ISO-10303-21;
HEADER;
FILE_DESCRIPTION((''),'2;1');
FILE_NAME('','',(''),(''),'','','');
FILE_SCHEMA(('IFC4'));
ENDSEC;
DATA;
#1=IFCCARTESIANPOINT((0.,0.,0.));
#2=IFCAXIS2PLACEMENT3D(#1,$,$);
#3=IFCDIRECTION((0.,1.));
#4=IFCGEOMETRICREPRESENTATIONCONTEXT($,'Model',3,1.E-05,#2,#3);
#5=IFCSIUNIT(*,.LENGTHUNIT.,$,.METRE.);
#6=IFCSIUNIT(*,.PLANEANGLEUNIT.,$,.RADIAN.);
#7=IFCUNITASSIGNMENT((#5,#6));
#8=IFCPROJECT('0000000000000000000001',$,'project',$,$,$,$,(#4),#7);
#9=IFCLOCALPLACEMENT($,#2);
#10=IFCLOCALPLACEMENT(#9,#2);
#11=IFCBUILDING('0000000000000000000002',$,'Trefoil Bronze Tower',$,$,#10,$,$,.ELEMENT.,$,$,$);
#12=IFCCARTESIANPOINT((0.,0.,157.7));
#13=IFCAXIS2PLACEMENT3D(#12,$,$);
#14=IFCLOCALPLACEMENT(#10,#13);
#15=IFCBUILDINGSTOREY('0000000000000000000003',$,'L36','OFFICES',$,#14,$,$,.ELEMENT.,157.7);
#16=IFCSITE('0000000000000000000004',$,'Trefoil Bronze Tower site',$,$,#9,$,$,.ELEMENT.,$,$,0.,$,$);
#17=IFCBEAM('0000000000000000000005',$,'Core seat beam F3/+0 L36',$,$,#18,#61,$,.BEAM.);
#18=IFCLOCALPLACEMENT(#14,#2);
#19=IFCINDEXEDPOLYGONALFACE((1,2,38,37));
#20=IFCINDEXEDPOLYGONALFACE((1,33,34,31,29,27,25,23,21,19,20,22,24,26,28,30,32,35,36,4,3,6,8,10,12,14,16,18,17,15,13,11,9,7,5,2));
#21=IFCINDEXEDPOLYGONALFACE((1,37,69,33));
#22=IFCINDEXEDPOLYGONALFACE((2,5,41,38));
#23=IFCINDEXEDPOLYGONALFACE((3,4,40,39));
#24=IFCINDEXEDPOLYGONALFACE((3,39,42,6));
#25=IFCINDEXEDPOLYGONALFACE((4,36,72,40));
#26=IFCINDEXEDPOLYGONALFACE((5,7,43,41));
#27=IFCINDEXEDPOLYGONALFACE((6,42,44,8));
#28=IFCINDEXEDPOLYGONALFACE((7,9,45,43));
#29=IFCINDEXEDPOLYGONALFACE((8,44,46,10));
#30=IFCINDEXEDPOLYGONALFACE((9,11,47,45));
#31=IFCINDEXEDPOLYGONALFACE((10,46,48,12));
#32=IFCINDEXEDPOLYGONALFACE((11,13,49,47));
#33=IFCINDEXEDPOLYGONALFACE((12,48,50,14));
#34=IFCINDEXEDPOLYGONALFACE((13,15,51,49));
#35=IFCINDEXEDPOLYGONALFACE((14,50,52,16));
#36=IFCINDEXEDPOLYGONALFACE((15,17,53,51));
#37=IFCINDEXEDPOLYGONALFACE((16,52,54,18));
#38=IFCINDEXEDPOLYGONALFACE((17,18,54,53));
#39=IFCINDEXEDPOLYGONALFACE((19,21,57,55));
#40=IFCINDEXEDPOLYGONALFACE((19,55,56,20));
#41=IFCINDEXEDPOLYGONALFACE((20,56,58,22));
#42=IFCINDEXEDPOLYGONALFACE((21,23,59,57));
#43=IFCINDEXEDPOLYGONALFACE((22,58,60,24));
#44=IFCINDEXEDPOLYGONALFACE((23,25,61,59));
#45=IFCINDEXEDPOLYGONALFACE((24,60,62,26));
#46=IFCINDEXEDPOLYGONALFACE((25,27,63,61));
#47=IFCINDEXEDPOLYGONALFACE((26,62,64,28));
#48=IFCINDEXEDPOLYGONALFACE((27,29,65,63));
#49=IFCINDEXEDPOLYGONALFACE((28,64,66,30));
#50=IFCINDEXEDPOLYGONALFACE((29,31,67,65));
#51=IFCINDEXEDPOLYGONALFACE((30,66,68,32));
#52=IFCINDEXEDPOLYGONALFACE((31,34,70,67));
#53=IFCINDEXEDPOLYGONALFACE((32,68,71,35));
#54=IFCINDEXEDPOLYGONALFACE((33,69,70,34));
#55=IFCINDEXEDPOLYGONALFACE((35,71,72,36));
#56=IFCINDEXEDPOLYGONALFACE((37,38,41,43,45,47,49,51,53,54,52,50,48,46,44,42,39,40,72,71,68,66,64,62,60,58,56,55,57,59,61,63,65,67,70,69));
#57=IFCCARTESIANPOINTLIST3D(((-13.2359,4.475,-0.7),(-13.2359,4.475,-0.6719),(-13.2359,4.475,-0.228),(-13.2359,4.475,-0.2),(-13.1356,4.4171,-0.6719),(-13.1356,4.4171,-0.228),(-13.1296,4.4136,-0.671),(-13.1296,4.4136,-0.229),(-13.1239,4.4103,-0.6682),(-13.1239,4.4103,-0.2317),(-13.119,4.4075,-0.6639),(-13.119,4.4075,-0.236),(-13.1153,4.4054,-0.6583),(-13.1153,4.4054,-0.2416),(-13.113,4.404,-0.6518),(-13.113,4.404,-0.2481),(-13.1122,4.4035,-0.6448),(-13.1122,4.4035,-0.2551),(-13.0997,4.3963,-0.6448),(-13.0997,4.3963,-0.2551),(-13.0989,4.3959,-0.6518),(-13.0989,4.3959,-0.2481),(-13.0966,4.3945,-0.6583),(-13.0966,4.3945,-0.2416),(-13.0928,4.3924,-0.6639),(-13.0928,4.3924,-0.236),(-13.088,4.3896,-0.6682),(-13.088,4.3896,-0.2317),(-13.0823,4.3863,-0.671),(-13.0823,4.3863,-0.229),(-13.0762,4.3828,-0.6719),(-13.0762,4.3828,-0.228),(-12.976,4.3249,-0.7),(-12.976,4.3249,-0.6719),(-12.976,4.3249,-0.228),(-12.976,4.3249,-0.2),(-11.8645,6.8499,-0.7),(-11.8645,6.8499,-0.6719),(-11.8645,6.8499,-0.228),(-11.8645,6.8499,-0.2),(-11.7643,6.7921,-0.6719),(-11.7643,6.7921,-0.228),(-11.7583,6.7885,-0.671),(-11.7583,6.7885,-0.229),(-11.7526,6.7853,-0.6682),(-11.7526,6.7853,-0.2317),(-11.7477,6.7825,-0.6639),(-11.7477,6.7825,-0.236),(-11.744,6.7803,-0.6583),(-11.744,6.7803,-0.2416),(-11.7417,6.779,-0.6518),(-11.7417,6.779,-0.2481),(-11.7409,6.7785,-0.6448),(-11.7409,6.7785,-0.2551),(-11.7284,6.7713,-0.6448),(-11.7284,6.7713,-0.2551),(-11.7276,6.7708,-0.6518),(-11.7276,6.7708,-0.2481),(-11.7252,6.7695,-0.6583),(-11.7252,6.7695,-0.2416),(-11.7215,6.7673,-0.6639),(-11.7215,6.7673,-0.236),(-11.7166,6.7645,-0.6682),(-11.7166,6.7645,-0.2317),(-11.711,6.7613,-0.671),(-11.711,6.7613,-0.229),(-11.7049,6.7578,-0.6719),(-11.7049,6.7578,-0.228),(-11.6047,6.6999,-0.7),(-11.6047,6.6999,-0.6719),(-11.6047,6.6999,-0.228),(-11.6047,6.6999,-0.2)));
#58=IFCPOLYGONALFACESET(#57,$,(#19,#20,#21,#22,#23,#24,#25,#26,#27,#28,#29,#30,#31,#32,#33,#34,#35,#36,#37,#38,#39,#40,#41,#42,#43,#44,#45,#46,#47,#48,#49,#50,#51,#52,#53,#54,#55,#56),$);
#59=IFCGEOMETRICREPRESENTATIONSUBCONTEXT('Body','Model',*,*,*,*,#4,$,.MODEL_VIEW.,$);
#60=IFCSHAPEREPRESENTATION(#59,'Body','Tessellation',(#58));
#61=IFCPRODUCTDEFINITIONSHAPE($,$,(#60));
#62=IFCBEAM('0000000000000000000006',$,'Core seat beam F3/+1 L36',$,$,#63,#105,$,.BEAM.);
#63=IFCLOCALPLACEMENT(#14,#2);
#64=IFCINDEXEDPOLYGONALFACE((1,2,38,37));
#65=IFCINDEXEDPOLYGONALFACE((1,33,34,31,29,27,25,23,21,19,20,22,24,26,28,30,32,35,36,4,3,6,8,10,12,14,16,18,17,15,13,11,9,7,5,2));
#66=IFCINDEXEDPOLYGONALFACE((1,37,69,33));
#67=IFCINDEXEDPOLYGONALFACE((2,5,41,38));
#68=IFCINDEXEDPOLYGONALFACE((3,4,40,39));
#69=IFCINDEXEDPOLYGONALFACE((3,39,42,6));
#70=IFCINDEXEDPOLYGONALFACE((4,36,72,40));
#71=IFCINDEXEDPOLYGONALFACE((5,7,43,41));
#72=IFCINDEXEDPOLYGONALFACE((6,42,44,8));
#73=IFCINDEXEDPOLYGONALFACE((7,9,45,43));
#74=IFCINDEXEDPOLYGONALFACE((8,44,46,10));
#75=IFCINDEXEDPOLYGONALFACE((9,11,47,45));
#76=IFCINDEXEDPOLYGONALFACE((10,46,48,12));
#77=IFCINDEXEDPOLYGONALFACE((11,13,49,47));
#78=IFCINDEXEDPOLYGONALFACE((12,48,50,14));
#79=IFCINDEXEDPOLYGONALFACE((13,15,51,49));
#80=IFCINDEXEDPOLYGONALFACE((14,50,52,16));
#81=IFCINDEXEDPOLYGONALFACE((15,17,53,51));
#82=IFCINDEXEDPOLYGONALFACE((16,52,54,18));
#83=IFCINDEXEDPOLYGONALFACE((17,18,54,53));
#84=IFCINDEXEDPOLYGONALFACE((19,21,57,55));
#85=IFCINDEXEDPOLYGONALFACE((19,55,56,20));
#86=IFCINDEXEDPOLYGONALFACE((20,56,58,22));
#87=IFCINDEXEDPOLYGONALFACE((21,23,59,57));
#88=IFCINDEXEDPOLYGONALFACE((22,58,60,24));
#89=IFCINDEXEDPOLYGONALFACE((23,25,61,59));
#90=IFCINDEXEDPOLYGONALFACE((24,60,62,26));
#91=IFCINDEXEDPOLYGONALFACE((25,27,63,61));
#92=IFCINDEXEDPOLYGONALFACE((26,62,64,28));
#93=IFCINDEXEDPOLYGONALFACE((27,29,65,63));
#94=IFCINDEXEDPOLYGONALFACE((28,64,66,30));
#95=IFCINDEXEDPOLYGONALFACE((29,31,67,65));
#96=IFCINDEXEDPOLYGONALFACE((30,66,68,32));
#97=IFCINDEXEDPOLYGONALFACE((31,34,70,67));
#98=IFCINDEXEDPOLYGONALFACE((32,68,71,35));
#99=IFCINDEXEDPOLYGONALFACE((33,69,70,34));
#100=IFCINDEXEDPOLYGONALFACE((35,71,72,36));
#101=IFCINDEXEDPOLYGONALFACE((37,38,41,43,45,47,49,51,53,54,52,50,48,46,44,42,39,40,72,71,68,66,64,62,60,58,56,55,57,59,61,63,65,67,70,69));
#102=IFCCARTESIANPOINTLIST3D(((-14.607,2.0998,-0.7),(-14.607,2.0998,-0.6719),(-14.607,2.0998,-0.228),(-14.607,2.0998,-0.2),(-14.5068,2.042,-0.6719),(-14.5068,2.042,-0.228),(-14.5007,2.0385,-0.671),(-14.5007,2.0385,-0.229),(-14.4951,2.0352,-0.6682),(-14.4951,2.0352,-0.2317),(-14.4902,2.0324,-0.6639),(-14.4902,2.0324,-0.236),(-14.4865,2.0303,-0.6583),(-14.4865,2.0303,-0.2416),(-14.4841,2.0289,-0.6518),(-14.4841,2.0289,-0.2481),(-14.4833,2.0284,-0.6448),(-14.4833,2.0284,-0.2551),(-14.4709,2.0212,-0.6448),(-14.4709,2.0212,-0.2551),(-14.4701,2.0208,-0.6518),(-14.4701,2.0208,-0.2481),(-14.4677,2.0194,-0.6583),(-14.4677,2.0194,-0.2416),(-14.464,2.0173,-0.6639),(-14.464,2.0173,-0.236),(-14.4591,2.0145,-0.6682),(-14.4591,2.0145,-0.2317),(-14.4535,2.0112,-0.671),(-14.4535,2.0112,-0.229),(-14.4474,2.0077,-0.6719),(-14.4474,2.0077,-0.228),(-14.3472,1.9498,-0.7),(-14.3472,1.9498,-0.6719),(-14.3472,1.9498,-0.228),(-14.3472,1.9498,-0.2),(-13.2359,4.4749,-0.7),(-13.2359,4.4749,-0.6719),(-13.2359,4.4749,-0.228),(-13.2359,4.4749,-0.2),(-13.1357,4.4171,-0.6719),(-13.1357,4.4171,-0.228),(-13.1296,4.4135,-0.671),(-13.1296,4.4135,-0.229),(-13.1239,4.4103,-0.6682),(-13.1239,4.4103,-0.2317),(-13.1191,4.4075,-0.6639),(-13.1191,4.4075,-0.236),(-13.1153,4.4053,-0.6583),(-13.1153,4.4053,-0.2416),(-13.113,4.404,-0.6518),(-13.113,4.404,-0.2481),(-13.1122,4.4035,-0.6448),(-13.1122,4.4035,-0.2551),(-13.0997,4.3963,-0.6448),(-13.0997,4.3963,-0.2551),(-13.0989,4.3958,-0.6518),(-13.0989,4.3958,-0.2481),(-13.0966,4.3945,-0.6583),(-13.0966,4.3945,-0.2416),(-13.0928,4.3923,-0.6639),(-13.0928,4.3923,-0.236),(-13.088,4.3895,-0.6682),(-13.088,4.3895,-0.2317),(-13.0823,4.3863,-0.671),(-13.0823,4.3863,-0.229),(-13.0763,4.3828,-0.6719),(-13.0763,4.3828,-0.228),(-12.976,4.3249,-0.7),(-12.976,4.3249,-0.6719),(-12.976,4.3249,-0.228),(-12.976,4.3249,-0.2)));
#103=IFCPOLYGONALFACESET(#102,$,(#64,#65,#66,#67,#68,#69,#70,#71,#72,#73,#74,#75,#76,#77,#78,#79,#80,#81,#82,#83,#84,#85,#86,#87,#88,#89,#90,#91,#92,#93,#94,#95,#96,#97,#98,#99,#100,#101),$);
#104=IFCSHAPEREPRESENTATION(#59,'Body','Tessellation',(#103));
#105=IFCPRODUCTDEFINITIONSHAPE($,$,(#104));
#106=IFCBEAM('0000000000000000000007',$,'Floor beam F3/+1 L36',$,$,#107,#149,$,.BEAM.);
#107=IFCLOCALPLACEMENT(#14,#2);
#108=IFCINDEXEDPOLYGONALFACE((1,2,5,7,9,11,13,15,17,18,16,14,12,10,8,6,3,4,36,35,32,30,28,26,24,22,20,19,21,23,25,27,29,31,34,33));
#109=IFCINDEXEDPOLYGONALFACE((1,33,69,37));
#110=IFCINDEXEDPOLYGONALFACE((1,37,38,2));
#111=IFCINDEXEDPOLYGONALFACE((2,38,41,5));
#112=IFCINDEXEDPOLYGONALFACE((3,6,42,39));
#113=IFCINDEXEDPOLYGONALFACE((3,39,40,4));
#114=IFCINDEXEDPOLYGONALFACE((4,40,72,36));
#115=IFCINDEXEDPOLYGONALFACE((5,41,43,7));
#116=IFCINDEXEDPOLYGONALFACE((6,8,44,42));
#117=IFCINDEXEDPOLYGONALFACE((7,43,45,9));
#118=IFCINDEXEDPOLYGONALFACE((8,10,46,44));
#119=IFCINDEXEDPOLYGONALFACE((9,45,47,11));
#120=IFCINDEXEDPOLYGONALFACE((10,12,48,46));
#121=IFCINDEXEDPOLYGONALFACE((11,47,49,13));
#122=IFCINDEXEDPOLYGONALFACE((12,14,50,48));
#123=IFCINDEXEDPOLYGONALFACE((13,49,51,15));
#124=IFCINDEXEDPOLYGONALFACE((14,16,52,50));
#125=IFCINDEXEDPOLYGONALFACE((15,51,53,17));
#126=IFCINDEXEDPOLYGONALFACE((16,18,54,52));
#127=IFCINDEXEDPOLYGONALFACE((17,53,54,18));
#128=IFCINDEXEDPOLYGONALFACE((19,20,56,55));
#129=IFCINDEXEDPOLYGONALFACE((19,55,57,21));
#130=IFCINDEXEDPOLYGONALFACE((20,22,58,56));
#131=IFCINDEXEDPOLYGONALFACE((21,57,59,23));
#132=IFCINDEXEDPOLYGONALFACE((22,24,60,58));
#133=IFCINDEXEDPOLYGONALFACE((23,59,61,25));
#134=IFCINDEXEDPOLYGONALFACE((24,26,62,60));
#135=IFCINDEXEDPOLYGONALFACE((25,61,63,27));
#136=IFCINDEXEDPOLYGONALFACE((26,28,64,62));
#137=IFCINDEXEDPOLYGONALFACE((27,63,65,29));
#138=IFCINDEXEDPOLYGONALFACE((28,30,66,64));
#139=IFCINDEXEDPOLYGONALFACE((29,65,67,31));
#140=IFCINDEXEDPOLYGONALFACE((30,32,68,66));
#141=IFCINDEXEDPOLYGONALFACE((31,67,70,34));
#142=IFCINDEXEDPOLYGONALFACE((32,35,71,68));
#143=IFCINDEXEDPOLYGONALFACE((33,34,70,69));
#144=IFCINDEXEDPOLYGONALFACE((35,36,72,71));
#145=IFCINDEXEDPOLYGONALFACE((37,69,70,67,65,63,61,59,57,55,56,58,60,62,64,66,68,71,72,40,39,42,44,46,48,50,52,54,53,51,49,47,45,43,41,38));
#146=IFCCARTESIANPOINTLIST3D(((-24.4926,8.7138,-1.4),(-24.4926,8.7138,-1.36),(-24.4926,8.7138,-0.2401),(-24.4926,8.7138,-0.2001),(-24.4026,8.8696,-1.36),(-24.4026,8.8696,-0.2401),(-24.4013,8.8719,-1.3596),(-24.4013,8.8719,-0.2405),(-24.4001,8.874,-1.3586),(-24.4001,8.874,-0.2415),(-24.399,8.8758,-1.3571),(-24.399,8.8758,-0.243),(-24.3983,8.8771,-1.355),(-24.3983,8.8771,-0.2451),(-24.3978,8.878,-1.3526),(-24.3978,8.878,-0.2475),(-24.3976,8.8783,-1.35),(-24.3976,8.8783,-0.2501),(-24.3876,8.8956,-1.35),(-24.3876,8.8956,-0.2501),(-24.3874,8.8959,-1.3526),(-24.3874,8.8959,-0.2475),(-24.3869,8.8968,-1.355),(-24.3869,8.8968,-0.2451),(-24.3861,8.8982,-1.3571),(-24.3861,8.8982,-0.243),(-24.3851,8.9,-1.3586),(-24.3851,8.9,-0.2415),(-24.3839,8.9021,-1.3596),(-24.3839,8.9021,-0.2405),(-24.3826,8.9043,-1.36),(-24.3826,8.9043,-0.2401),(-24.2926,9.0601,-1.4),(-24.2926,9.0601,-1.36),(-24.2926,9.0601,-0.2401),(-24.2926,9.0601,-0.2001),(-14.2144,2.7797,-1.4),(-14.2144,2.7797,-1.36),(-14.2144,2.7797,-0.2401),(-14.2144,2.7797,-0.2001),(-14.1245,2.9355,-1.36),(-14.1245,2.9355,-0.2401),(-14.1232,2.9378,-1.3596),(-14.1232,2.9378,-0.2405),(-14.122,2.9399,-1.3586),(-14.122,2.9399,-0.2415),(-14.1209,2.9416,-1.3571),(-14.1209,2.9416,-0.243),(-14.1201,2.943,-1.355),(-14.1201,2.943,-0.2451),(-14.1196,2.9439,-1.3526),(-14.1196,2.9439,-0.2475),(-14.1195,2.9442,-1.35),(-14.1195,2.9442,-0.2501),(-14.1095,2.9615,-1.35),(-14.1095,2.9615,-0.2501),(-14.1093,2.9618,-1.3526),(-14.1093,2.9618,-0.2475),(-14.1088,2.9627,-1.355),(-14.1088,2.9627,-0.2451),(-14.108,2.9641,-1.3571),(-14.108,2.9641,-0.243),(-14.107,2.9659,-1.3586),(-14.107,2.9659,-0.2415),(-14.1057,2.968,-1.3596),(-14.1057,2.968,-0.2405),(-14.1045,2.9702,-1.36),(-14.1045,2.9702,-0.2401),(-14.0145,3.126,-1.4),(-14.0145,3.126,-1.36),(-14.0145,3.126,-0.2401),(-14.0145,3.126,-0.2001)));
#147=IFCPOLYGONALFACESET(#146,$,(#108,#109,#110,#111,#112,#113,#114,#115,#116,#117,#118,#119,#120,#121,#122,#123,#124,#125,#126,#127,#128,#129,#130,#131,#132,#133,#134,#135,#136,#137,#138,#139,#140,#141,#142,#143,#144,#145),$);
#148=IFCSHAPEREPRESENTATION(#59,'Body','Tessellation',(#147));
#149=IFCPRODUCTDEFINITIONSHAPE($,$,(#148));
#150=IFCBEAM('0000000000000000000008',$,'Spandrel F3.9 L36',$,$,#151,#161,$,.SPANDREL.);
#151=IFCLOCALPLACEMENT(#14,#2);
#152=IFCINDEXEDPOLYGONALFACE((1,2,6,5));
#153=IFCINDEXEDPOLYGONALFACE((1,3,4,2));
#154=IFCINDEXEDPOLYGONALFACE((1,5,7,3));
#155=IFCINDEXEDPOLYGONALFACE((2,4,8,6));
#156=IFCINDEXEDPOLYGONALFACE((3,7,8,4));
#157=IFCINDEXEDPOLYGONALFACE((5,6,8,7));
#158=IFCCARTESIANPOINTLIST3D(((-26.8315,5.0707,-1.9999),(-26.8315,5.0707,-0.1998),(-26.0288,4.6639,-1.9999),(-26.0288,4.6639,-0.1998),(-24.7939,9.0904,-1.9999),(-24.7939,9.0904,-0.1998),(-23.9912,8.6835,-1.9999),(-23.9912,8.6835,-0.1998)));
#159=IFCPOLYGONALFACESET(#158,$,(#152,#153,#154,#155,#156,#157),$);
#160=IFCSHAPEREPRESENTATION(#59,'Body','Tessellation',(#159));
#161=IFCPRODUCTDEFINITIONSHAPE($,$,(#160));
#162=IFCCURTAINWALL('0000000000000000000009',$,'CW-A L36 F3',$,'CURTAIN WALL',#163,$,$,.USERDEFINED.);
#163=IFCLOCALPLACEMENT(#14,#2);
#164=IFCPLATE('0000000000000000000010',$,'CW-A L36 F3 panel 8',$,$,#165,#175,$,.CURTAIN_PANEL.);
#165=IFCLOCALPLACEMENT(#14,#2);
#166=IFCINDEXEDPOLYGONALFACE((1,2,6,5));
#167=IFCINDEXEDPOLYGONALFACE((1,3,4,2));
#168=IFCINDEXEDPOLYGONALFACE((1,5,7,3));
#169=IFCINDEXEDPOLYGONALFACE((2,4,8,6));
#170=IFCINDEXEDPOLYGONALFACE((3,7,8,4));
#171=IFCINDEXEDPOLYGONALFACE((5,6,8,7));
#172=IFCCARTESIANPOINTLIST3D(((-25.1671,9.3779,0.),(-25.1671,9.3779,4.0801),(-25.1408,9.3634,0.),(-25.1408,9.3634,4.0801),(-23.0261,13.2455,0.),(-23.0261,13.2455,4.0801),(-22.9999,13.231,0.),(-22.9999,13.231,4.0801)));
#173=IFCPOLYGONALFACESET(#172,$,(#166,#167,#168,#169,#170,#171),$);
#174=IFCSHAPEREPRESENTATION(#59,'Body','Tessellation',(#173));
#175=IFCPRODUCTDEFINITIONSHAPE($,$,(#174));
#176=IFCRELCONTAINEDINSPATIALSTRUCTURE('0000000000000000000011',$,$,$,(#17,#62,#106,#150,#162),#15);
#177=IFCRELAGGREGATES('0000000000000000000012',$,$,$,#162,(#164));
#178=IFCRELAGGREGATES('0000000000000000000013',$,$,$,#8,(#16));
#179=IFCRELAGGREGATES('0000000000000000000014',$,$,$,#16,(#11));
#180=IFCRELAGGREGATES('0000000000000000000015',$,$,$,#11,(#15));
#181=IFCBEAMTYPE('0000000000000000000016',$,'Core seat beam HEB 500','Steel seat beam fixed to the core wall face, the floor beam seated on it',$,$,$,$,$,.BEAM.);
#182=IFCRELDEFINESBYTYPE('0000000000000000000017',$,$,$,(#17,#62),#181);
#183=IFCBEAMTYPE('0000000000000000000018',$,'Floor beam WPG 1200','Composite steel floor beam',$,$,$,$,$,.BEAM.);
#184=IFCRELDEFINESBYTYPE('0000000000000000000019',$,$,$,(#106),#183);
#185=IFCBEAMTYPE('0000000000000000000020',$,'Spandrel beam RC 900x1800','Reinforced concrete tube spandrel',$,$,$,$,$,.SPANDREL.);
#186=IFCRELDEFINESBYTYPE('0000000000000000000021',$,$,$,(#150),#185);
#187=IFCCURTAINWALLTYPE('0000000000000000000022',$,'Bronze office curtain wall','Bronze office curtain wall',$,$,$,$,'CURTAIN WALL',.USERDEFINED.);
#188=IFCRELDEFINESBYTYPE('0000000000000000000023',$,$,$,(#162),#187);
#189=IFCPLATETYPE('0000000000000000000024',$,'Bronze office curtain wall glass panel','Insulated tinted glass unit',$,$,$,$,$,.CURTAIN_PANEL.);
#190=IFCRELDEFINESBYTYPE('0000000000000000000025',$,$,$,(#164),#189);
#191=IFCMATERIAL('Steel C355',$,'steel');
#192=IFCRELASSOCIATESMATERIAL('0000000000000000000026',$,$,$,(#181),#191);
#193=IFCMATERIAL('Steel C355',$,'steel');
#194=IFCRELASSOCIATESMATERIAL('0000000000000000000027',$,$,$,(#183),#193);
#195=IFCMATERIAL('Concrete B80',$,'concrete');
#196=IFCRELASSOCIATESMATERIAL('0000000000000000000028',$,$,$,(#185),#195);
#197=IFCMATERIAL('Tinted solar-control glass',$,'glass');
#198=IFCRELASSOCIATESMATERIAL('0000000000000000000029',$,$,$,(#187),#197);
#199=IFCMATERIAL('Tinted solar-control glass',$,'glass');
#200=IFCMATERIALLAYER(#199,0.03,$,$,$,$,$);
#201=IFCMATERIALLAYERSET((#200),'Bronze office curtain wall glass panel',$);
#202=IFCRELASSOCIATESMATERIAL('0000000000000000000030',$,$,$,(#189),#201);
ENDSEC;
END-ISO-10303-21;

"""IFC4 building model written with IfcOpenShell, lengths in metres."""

from ifc_helpers import new_model, si_unit, direction, frame, origin, origin_2d, place, context, subcontext, project, spatial, rectangle, i_section, extrude, material, layer, layer_set, material_profile, profile_set, type_object, element, aggregate, save


model = new_model("IFC4")

# Units and contexts
model_context = context("Model", 3, precision=1e-05, world=origin(), true_north=direction((0.0, 1.0)))
body_context = subcontext(model_context, "Body", "Model", "MODEL_VIEW")
ifc_project = project(units=[si_unit("LENGTHUNIT", "METRE"), si_unit("PLANEANGLEUNIT", "RADIAN")], contexts=[model_context])

# Site, building, storey
site_placement = place(None, origin())
site = spatial("IfcSite", under=ifc_project, at=site_placement, Name="Trefoil Bronze Tower site", CompositionType="ELEMENT", RefElevation=0.0)
building_placement = place(site_placement, origin())
building = spatial("IfcBuilding", under=site, at=building_placement, Name="Trefoil Bronze Tower", CompositionType="ELEMENT")
storey_placement = place(building_placement, frame((0.0, 0.0, 157.7)))
storey = spatial("IfcBuildingStorey", under=building, at=storey_placement, Name="L36", Description="OFFICES", CompositionType="ELEMENT", Elevation=157.7)

# Beams
ifc_material_1 = material(Name="Steel C355", Category="steel")
ifc_material_profile_1 = material_profile(ifc_material_1, i_section(OverallWidth=0.3, OverallDepth=0.5, WebThickness=0.0144, FlangeThickness=0.0281, FilletRadius=0.0271, at=origin_2d()), Name="HEB 500")
ifc_profile_set_1 = profile_set([ifc_material_profile_1], Name="Steel C355")
beam_type_1 = type_object("IfcBeamType", Name="Core seat beam HEB 500", Description="Steel seat beam fixed to the core wall face, the floor beam seated on it", PredefinedType="BEAM", material=ifc_profile_set_1)
for number, where, z_axis, x_axis, name in (
    (1, (-11.7346, 6.7749, -0.45), (-0.500036, -0.866005, 0.0), (0.866005, -0.500036, 0.0), "Core seat beam F3/+0 L36"),
    (2, (-13.106, 4.3999, -0.45), (-0.499969, -0.866043, 0.0), (0.866043, -0.499969, 0.0), "Core seat beam F3/+1 L36"),
):
    element("IfcBeam", number, at=place(storey_placement, frame(where, z_axis=z_axis, x_axis=x_axis)), inside=storey, type_object=beam_type_1, Name=name, PredefinedType="BEAM", context=body_context, shape_type="SweptSolid", body=[
        extrude(i_section(OverallWidth=0.3, OverallDepth=0.5, WebThickness=0.0144, FlangeThickness=0.0281, FilletRadius=0.0271, at=origin_2d()), origin(), (0.0, 0.0, 1.0), 2.7424),
    ])
ifc_material_2 = material(Name="Steel C355", Category="steel")
ifc_material_profile_2 = material_profile(ifc_material_2, i_section(OverallWidth=0.3999, OverallDepth=1.2, WebThickness=0.02, FlangeThickness=0.04, FilletRadius=0.01, at=origin_2d()), Name="WPG 1200")
ifc_profile_set_2 = profile_set([ifc_material_profile_2], Name="Steel C355")
beam_type_2 = type_object("IfcBeamType", Name="Floor beam WPG 1200", Description="Composite steel floor beam", PredefinedType="BEAM", material=ifc_profile_set_2)
beam_1_placement = place(storey_placement, frame((-24.3926, 8.887, -0.8), z_axis=(0.866024, -0.500002, 0.0), x_axis=(0.500002, 0.866024, 0.0)))
element("IfcBeam", 3, at=beam_1_placement, inside=storey, type_object=beam_type_2, Name="Floor beam F3/+1 L36", PredefinedType="BEAM", context=body_context, shape_type="SweptSolid", body=[
    extrude(i_section(OverallWidth=0.3999, OverallDepth=1.2, WebThickness=0.02, FlangeThickness=0.04, FilletRadius=0.01, at=origin_2d()), origin(), (0.0, 0.0, 1.0), 11.8682),
])
ifc_material_3 = material(Name="Concrete B80", Category="concrete")
ifc_material_profile_3 = material_profile(ifc_material_3, rectangle(XDim=0.8999, YDim=1.8, at=origin_2d()), Name="RC 900x1800")
ifc_profile_set_3 = profile_set([ifc_material_profile_3], Name="Concrete B80")
beam_type_3 = type_object("IfcBeamType", Name="Spandrel beam RC 900x1800", Description="Reinforced concrete tube spandrel", PredefinedType="SPANDREL", material=ifc_profile_set_3)
beam_2_placement = place(storey_placement, frame((-24.3926, 8.887, -1.0999), z_axis=(-0.452126, -0.891954, 0.0), x_axis=(0.891954, -0.452126, 0.0)))
element("IfcBeam", 4, at=beam_2_placement, inside=storey, type_object=beam_type_3, Name="Spandrel F3.9 L36", PredefinedType="SPANDREL", context=body_context, shape_type="SweptSolid", body=[
    extrude(rectangle(XDim=0.8999, YDim=1.8, at=origin_2d()), origin(), (0.0, 0.0, 1.0), 4.5066),
])

# Curtain wall, plate
ifc_material_4 = material(Name="Tinted solar-control glass", Category="glass")
curtain_wall_type = type_object("IfcCurtainWallType", Name="Bronze office curtain wall", Description="Bronze office curtain wall", ElementType="CURTAIN WALL", PredefinedType="USERDEFINED", material=ifc_material_4)
curtain_wall_placement = place(storey_placement, origin())
curtain_wall = element("IfcCurtainWall", 5, at=curtain_wall_placement, inside=storey, type_object=curtain_wall_type, Name="CW-A L36 F3", ObjectType="CURTAIN WALL", PredefinedType="USERDEFINED")
ifc_material_5 = material(Name="Tinted solar-control glass", Category="glass")
ifc_layer_1 = layer(ifc_material_5, 0.03)
ifc_layer_set_1 = layer_set([ifc_layer_1], Name="Bronze office curtain wall glass panel")
plate_type = type_object("IfcPlateType", Name="Bronze office curtain wall glass panel", Description="Insulated tinted glass unit", PredefinedType="CURTAIN_PANEL", material=ifc_layer_set_1)
plate_placement = place(storey_placement, frame((-24.0835, 11.3044, 0.0), z_axis=(0.0, 0.0, 1.0), x_axis=(-0.484312, -0.874895, 0.0)))
plate = element("IfcPlate", 6, at=plate_placement, type_object=plate_type, Name="CW-A L36 F3 panel 8", PredefinedType="CURTAIN_PANEL", context=body_context, shape_type="SweptSolid", body=[
    extrude(rectangle(XDim=4.4207, YDim=0.03, at=origin_2d()), origin(), (0.0, 0.0, 1.0), 4.0801),
])
aggregate(curtain_wall, [plate])

save(model, "model.ifc")
